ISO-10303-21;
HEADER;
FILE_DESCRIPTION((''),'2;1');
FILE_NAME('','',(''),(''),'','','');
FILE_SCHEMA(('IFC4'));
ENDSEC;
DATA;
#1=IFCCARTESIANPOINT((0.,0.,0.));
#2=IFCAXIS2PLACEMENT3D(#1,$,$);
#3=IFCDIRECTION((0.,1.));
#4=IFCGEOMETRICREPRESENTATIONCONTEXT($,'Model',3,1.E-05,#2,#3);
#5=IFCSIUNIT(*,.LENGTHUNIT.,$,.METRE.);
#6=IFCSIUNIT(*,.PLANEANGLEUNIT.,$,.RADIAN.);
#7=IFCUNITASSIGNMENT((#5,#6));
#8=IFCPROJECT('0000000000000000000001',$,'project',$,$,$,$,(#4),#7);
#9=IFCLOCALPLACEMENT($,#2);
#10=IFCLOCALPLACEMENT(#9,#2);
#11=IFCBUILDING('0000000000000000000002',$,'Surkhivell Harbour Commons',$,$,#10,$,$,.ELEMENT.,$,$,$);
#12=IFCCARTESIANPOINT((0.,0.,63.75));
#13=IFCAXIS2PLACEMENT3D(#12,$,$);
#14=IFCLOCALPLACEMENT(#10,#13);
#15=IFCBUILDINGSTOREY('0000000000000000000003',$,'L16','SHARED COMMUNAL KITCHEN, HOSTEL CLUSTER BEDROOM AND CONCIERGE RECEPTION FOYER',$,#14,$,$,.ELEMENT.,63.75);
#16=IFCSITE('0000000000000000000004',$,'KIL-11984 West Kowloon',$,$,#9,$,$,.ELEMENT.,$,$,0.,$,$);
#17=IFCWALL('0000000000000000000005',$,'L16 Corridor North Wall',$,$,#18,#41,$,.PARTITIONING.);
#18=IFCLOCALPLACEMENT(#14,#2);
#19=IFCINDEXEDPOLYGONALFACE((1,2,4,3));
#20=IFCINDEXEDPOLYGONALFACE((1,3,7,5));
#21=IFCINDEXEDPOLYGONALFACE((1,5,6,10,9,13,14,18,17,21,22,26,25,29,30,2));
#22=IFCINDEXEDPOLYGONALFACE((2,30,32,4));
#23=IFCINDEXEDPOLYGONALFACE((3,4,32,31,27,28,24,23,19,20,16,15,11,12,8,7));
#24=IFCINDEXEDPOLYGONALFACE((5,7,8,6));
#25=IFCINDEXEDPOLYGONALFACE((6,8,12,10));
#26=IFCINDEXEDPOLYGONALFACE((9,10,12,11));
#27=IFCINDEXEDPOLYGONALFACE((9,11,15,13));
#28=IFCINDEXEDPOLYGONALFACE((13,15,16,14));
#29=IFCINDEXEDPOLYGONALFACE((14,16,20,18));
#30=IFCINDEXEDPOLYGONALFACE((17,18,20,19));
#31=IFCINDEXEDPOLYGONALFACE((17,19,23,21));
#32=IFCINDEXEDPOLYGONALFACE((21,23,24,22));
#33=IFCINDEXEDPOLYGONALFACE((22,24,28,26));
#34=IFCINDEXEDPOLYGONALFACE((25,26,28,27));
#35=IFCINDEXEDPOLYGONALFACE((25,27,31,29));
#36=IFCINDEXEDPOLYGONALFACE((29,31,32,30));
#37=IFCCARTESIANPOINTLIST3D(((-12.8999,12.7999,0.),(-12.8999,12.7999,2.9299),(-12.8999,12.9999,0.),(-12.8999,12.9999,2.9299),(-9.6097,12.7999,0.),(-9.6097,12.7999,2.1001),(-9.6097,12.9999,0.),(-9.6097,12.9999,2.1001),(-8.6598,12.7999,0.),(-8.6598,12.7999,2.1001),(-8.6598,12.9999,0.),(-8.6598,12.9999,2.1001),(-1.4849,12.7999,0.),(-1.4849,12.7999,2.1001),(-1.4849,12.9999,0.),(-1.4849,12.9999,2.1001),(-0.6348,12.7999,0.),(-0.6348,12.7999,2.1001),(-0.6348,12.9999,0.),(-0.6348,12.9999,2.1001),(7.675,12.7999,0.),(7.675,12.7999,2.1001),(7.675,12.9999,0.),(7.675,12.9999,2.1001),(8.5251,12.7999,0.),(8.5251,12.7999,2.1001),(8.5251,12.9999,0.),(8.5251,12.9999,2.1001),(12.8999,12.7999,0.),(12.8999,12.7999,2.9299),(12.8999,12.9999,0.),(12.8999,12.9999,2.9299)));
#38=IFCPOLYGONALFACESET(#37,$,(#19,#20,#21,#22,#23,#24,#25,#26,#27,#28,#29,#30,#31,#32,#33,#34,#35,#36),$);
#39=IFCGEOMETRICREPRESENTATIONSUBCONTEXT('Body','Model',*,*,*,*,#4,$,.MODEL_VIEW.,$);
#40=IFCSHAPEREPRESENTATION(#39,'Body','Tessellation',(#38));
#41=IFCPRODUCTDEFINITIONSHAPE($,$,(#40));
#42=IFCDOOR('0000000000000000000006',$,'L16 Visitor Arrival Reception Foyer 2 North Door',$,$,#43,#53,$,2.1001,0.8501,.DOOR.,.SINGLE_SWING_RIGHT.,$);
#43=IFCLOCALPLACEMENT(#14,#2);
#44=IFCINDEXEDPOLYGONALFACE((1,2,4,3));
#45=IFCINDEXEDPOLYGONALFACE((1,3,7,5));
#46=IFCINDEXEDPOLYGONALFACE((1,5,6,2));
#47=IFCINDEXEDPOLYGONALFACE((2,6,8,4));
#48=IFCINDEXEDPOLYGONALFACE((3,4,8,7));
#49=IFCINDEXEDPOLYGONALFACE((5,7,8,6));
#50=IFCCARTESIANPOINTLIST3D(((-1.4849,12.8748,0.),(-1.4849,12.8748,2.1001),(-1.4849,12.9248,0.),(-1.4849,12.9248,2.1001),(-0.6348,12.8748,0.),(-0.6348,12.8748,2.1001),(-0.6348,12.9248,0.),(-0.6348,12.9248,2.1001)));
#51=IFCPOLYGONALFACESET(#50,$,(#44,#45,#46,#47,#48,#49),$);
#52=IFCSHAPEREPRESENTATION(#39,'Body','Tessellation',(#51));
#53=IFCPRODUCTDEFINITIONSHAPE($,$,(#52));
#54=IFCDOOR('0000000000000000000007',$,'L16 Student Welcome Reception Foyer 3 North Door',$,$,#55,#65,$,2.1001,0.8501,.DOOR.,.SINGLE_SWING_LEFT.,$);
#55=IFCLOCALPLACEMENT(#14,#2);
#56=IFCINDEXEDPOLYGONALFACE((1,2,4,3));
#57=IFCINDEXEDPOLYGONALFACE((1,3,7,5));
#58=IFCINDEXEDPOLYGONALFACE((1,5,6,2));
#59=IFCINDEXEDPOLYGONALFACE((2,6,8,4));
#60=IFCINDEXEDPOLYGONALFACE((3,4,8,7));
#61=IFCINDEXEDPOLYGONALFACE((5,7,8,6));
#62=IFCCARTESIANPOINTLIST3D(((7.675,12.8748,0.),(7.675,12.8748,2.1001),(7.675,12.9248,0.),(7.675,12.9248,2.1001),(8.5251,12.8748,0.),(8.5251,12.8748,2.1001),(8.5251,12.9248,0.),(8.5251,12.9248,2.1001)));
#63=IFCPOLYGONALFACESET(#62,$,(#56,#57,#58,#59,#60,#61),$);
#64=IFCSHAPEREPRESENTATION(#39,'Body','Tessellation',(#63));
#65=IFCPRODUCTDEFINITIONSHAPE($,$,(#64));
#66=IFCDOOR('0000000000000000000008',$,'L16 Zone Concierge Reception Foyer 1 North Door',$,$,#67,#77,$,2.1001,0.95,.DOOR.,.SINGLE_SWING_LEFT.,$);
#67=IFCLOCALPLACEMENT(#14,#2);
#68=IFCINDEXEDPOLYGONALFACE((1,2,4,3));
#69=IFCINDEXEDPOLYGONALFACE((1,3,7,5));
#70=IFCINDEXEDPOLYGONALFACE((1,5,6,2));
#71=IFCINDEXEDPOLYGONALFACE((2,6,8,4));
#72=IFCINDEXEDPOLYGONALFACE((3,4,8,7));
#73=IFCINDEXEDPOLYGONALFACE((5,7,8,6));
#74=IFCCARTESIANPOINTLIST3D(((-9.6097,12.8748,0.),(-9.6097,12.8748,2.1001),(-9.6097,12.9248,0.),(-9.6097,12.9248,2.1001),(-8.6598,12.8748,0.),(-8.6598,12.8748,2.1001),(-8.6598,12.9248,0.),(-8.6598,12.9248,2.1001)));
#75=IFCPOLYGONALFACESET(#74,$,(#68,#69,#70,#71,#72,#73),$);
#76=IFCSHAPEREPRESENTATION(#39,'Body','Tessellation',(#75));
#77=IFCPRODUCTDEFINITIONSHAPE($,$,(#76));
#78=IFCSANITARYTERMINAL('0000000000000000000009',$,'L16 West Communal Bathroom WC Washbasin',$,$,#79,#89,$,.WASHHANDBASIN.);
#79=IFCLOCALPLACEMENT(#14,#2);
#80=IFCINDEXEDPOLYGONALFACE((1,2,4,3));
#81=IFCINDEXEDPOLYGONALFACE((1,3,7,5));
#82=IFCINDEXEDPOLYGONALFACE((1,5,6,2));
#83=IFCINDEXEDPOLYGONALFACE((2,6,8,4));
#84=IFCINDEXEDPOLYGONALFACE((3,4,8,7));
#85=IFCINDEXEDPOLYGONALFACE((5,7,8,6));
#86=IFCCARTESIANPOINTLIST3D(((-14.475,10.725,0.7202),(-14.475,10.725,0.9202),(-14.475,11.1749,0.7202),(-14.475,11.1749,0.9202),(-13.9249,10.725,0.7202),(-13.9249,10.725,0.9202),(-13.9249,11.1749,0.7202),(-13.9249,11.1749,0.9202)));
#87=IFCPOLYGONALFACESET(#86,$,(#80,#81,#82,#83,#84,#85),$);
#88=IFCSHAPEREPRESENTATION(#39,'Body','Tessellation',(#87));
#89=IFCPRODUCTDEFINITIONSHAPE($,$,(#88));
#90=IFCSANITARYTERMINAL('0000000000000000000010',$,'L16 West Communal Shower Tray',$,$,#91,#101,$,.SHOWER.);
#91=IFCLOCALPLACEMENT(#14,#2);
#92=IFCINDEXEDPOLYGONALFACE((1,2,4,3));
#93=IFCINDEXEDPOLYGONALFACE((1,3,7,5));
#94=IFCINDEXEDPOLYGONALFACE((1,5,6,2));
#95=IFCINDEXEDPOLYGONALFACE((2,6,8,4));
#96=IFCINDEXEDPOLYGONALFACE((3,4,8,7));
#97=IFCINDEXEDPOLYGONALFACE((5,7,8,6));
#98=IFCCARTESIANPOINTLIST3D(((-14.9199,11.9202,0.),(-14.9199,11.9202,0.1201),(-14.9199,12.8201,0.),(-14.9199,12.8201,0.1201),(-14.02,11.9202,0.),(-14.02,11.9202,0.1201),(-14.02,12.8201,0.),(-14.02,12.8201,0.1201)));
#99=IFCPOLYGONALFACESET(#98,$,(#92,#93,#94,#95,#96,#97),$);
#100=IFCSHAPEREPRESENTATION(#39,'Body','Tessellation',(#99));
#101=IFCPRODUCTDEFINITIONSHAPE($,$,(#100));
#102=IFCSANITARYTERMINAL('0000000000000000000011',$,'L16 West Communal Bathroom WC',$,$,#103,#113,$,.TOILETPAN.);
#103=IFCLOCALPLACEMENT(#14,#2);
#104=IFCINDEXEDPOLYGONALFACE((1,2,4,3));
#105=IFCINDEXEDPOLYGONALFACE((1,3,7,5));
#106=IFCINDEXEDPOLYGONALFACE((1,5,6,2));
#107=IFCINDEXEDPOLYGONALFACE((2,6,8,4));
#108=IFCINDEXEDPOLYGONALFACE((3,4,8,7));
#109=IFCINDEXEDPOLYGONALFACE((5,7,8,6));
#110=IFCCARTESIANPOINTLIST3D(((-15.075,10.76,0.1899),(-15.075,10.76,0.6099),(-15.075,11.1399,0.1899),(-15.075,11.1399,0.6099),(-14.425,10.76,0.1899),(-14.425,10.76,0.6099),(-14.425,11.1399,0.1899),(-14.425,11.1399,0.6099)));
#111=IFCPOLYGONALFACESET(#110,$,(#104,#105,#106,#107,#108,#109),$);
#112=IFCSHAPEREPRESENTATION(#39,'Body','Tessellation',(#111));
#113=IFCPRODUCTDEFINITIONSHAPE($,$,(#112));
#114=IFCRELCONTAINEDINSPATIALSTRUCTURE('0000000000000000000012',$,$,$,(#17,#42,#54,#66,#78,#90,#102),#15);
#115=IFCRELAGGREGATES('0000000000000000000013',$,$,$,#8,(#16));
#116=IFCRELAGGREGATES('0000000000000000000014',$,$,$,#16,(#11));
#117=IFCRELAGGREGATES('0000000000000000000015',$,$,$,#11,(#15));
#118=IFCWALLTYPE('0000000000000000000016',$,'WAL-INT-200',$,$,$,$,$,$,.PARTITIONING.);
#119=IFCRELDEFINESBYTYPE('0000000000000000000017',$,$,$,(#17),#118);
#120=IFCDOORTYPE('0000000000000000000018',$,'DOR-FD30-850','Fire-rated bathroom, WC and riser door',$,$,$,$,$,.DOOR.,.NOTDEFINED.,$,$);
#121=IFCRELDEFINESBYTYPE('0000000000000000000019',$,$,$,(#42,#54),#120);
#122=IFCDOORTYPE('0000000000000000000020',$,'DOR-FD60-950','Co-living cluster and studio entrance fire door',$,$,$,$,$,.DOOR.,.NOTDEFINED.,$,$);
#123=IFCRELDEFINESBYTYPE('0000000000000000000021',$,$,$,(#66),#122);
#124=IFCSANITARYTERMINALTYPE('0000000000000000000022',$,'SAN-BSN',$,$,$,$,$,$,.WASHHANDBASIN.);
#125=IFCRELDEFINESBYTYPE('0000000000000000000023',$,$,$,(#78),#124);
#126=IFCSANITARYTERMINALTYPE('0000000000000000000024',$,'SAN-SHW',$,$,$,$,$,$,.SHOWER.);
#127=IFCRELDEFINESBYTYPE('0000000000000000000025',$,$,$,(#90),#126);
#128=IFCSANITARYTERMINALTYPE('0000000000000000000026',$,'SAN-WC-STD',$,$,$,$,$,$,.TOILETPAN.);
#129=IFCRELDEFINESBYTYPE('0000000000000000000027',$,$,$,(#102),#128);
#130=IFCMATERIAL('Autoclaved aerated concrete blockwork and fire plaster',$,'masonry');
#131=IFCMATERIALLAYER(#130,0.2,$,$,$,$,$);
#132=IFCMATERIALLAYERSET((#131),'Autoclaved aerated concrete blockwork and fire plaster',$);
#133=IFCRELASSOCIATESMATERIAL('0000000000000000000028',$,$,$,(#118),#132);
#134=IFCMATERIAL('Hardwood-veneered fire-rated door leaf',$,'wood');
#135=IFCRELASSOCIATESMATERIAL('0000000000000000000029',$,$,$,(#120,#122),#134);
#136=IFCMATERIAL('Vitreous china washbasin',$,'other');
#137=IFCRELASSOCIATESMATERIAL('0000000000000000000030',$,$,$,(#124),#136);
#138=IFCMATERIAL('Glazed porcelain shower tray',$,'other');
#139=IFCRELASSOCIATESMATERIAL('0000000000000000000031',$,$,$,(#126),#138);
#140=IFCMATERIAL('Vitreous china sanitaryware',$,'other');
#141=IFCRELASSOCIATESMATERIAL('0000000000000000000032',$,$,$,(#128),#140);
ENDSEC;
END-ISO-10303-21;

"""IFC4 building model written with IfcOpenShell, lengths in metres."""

from ifc_helpers import new_model, si_unit, direction, frame, frame_2d, origin, origin_2d, place, context, subcontext, project, spatial, rectangle, extrude, material, layer, layer_set, type_object, element, fill, save


model = new_model("IFC4")

# Units and contexts
model_context = context("Model", 3, precision=1e-05, world=origin(), true_north=direction((0.0, 1.0)))
body_context = subcontext(model_context, "Body", "Model", "MODEL_VIEW")
ifc_project = project(units=[si_unit("LENGTHUNIT", "METRE"), si_unit("PLANEANGLEUNIT", "RADIAN")], contexts=[model_context])

# Site, building, storey
site_placement = place(None, origin())
site = spatial("IfcSite", under=ifc_project, at=site_placement, Name="KIL-11984 West Kowloon", CompositionType="ELEMENT", RefElevation=0.0)
building_placement = place(site_placement, origin())
building = spatial("IfcBuilding", under=site, at=building_placement, Name="Surkhivell Harbour Commons", CompositionType="ELEMENT")
storey_placement = place(building_placement, frame((0.0, 0.0, 63.75)))
storey = spatial("IfcBuildingStorey", under=building, at=storey_placement, Name="L16", Description="SHARED COMMUNAL KITCHEN, HOSTEL CLUSTER BEDROOM AND CONCIERGE RECEPTION FOYER", CompositionType="ELEMENT", Elevation=63.75)

# Shared definitions
ifc_material_1 = material(Name="Autoclaved aerated concrete blockwork and fire plaster", Category="masonry")
ifc_layer_1 = layer(ifc_material_1, 0.2)
ifc_layer_set_1 = layer_set([ifc_layer_1], Name="Autoclaved aerated concrete blockwork and fire plaster")
wall_type_1 = type_object("IfcWallType", Name="WAL-INT-200", PredefinedType="PARTITIONING", material=ifc_layer_set_1)

# Wall, openings, doors
wall_1_placement = place(storey_placement, frame((-12.8999, 12.8999, 0.0), z_axis=(0.0, 0.0, 1.0), x_axis=(1.0, 0.0, 0.0)))
wall_1 = element("IfcWall", 1, at=wall_1_placement, inside=storey, type_object=wall_type_1, Name="L16 Corridor North Wall", PredefinedType="PARTITIONING", context=body_context, shape_type="SweptSolid", body=[
    extrude(rectangle(XDim=25.7998, YDim=0.2, at=frame_2d((12.8999, 0.0))), origin(), (0.0, 0.0, 1.0), 2.9299),
])
opening_1_placement = place(wall_1_placement, frame((3.29, 0.0, 0.0)))
opening_1 = element("IfcOpeningElement", 2, at=opening_1_placement, cuts=wall_1, PredefinedType="OPENING", context=body_context, shape_type="SweptSolid", body=[
    extrude(rectangle(XDim=0.95, YDim=2.1001, at=frame_2d((0.4751, 1.05))), frame((0.0, 0.1099, 0.0), z_axis=(0.0, -1.0, 0.0), x_axis=(1.0, 0.0, 0.0)), (0.0, 0.0, 1.0), 0.22),
])
opening_2_placement = place(wall_1_placement, frame((11.415, 0.0, 0.0)))
opening_2 = element("IfcOpeningElement", 3, at=opening_2_placement, cuts=wall_1, PredefinedType="OPENING", context=body_context, shape_type="SweptSolid", body=[
    extrude(rectangle(XDim=0.8501, YDim=2.1001, at=frame_2d((0.425, 1.05))), frame((0.0, 0.1099, 0.0), z_axis=(0.0, -1.0, 0.0), x_axis=(1.0, 0.0, 0.0)), (0.0, 0.0, 1.0), 0.22),
])
opening_3_placement = place(wall_1_placement, frame((20.575, 0.0, 0.0)))
opening_3 = element("IfcOpeningElement", 4, at=opening_3_placement, cuts=wall_1, PredefinedType="OPENING", context=body_context, shape_type="SweptSolid", body=[
    extrude(rectangle(XDim=0.8501, YDim=2.1001, at=frame_2d((0.425, 1.05))), frame((0.0, 0.1099, 0.0), z_axis=(0.0, -1.0, 0.0), x_axis=(1.0, 0.0, 0.0)), (0.0, 0.0, 1.0), 0.22),
])
ifc_material_2 = material(Name="Hardwood-veneered fire-rated door leaf", Category="wood")
door_type_1 = type_object("IfcDoorType", Name="DOR-FD30-850", Description="Fire-rated bathroom, WC and riser door", OperationType="NOTDEFINED", PredefinedType="DOOR", material=ifc_material_2)
door_1_placement = place(opening_2_placement, origin())
door_1 = element("IfcDoor", 5, at=door_1_placement, inside=storey, type_object=door_type_1, Name="L16 Visitor Arrival Reception Foyer 2 North Door", OperationType="SINGLE_SWING_RIGHT", OverallHeight=2.1001, OverallWidth=0.8501, PredefinedType="DOOR", context=body_context, shape_type="SweptSolid", body=[
    extrude(rectangle(XDim=0.8501, YDim=2.1001, at=frame_2d((0.425, 1.05))), frame((0.0, 0.0249, 0.0), z_axis=(0.0, -1.0, 0.0), x_axis=(1.0, 0.0, 0.0)), (0.0, 0.0, 1.0), 0.05),
])
fill(opening_2, door_1)
door_2_placement = place(opening_3_placement, origin())
door_2 = element("IfcDoor", 6, at=door_2_placement, inside=storey, type_object=door_type_1, Name="L16 Student Welcome Reception Foyer 3 North Door", OperationType="SINGLE_SWING_LEFT", OverallHeight=2.1001, OverallWidth=0.8501, PredefinedType="DOOR", context=body_context, shape_type="SweptSolid", body=[
    extrude(rectangle(XDim=0.8501, YDim=2.1001, at=frame_2d((0.425, 1.05))), frame((0.0, 0.0249, 0.0), z_axis=(0.0, -1.0, 0.0), x_axis=(1.0, 0.0, 0.0)), (0.0, 0.0, 1.0), 0.05),
])
fill(opening_3, door_2)
door_type_2 = type_object("IfcDoorType", Name="DOR-FD60-950", Description="Co-living cluster and studio entrance fire door", OperationType="NOTDEFINED", PredefinedType="DOOR", material=ifc_material_2)
door_3_placement = place(opening_1_placement, origin())
door_3 = element("IfcDoor", 7, at=door_3_placement, inside=storey, type_object=door_type_2, Name="L16 Zone Concierge Reception Foyer 1 North Door", OperationType="SINGLE_SWING_LEFT", OverallHeight=2.1001, OverallWidth=0.95, PredefinedType="DOOR", context=body_context, shape_type="SweptSolid", body=[
    extrude(rectangle(XDim=0.95, YDim=2.1001, at=frame_2d((0.4751, 1.05))), frame((0.0, 0.0249, 0.0), z_axis=(0.0, -1.0, 0.0), x_axis=(1.0, 0.0, 0.0)), (0.0, 0.0, 1.0), 0.05),
])
fill(opening_1, door_3)

# Sanitary terminals
ifc_material_3 = material(Name="Vitreous china washbasin", Category="other")
sanitary_terminal_type_1 = type_object("IfcSanitaryTerminalType", Name="SAN-BSN", PredefinedType="WASHHANDBASIN", material=ifc_material_3)
sanitary_terminal_1_placement = place(storey_placement, frame((-14.2, 10.95, 0.7202), z_axis=(0.0, 0.0, 1.0), x_axis=(1.0, 0.0, 0.0)))
element("IfcSanitaryTerminal", 8, at=sanitary_terminal_1_placement, inside=storey, type_object=sanitary_terminal_type_1, Name="L16 West Communal Bathroom WC Washbasin", PredefinedType="WASHHANDBASIN", context=body_context, shape_type="SweptSolid", body=[
    extrude(rectangle(XDim=0.55, YDim=0.45, at=origin_2d()), origin(), (0.0, 0.0, 1.0), 0.2),
])
ifc_material_4 = material(Name="Glazed porcelain shower tray", Category="other")
sanitary_terminal_type_2 = type_object("IfcSanitaryTerminalType", Name="SAN-SHW", PredefinedType="SHOWER", material=ifc_material_4)
sanitary_terminal_2_placement = place(storey_placement, frame((-14.47, 12.3701, 0.0), z_axis=(0.0, 0.0, 1.0), x_axis=(1.0, 0.0, 0.0)))
element("IfcSanitaryTerminal", 9, at=sanitary_terminal_2_placement, inside=storey, type_object=sanitary_terminal_type_2, Name="L16 West Communal Shower Tray", PredefinedType="SHOWER", context=body_context, shape_type="SweptSolid", body=[
    extrude(rectangle(XDim=0.8999, YDim=0.8999, at=origin_2d()), origin(), (0.0, 0.0, 1.0), 0.1201),
])
ifc_material_5 = material(Name="Vitreous china sanitaryware", Category="other")
sanitary_terminal_type_3 = type_object("IfcSanitaryTerminalType", Name="SAN-WC-STD", PredefinedType="TOILETPAN", material=ifc_material_5)
sanitary_terminal_3_placement = place(storey_placement, frame((-14.75, 10.95, 0.1899), z_axis=(0.0, 0.0, 1.0), x_axis=(1.0, 0.0, 0.0)))
element("IfcSanitaryTerminal", 10, at=sanitary_terminal_3_placement, inside=storey, type_object=sanitary_terminal_type_3, Name="L16 West Communal Bathroom WC", PredefinedType="TOILETPAN", context=body_context, shape_type="SweptSolid", body=[
    extrude(rectangle(XDim=0.6499, YDim=0.3799, at=origin_2d()), origin(), (0.0, 0.0, 1.0), 0.4199),
])

save(model, "model.ifc")
